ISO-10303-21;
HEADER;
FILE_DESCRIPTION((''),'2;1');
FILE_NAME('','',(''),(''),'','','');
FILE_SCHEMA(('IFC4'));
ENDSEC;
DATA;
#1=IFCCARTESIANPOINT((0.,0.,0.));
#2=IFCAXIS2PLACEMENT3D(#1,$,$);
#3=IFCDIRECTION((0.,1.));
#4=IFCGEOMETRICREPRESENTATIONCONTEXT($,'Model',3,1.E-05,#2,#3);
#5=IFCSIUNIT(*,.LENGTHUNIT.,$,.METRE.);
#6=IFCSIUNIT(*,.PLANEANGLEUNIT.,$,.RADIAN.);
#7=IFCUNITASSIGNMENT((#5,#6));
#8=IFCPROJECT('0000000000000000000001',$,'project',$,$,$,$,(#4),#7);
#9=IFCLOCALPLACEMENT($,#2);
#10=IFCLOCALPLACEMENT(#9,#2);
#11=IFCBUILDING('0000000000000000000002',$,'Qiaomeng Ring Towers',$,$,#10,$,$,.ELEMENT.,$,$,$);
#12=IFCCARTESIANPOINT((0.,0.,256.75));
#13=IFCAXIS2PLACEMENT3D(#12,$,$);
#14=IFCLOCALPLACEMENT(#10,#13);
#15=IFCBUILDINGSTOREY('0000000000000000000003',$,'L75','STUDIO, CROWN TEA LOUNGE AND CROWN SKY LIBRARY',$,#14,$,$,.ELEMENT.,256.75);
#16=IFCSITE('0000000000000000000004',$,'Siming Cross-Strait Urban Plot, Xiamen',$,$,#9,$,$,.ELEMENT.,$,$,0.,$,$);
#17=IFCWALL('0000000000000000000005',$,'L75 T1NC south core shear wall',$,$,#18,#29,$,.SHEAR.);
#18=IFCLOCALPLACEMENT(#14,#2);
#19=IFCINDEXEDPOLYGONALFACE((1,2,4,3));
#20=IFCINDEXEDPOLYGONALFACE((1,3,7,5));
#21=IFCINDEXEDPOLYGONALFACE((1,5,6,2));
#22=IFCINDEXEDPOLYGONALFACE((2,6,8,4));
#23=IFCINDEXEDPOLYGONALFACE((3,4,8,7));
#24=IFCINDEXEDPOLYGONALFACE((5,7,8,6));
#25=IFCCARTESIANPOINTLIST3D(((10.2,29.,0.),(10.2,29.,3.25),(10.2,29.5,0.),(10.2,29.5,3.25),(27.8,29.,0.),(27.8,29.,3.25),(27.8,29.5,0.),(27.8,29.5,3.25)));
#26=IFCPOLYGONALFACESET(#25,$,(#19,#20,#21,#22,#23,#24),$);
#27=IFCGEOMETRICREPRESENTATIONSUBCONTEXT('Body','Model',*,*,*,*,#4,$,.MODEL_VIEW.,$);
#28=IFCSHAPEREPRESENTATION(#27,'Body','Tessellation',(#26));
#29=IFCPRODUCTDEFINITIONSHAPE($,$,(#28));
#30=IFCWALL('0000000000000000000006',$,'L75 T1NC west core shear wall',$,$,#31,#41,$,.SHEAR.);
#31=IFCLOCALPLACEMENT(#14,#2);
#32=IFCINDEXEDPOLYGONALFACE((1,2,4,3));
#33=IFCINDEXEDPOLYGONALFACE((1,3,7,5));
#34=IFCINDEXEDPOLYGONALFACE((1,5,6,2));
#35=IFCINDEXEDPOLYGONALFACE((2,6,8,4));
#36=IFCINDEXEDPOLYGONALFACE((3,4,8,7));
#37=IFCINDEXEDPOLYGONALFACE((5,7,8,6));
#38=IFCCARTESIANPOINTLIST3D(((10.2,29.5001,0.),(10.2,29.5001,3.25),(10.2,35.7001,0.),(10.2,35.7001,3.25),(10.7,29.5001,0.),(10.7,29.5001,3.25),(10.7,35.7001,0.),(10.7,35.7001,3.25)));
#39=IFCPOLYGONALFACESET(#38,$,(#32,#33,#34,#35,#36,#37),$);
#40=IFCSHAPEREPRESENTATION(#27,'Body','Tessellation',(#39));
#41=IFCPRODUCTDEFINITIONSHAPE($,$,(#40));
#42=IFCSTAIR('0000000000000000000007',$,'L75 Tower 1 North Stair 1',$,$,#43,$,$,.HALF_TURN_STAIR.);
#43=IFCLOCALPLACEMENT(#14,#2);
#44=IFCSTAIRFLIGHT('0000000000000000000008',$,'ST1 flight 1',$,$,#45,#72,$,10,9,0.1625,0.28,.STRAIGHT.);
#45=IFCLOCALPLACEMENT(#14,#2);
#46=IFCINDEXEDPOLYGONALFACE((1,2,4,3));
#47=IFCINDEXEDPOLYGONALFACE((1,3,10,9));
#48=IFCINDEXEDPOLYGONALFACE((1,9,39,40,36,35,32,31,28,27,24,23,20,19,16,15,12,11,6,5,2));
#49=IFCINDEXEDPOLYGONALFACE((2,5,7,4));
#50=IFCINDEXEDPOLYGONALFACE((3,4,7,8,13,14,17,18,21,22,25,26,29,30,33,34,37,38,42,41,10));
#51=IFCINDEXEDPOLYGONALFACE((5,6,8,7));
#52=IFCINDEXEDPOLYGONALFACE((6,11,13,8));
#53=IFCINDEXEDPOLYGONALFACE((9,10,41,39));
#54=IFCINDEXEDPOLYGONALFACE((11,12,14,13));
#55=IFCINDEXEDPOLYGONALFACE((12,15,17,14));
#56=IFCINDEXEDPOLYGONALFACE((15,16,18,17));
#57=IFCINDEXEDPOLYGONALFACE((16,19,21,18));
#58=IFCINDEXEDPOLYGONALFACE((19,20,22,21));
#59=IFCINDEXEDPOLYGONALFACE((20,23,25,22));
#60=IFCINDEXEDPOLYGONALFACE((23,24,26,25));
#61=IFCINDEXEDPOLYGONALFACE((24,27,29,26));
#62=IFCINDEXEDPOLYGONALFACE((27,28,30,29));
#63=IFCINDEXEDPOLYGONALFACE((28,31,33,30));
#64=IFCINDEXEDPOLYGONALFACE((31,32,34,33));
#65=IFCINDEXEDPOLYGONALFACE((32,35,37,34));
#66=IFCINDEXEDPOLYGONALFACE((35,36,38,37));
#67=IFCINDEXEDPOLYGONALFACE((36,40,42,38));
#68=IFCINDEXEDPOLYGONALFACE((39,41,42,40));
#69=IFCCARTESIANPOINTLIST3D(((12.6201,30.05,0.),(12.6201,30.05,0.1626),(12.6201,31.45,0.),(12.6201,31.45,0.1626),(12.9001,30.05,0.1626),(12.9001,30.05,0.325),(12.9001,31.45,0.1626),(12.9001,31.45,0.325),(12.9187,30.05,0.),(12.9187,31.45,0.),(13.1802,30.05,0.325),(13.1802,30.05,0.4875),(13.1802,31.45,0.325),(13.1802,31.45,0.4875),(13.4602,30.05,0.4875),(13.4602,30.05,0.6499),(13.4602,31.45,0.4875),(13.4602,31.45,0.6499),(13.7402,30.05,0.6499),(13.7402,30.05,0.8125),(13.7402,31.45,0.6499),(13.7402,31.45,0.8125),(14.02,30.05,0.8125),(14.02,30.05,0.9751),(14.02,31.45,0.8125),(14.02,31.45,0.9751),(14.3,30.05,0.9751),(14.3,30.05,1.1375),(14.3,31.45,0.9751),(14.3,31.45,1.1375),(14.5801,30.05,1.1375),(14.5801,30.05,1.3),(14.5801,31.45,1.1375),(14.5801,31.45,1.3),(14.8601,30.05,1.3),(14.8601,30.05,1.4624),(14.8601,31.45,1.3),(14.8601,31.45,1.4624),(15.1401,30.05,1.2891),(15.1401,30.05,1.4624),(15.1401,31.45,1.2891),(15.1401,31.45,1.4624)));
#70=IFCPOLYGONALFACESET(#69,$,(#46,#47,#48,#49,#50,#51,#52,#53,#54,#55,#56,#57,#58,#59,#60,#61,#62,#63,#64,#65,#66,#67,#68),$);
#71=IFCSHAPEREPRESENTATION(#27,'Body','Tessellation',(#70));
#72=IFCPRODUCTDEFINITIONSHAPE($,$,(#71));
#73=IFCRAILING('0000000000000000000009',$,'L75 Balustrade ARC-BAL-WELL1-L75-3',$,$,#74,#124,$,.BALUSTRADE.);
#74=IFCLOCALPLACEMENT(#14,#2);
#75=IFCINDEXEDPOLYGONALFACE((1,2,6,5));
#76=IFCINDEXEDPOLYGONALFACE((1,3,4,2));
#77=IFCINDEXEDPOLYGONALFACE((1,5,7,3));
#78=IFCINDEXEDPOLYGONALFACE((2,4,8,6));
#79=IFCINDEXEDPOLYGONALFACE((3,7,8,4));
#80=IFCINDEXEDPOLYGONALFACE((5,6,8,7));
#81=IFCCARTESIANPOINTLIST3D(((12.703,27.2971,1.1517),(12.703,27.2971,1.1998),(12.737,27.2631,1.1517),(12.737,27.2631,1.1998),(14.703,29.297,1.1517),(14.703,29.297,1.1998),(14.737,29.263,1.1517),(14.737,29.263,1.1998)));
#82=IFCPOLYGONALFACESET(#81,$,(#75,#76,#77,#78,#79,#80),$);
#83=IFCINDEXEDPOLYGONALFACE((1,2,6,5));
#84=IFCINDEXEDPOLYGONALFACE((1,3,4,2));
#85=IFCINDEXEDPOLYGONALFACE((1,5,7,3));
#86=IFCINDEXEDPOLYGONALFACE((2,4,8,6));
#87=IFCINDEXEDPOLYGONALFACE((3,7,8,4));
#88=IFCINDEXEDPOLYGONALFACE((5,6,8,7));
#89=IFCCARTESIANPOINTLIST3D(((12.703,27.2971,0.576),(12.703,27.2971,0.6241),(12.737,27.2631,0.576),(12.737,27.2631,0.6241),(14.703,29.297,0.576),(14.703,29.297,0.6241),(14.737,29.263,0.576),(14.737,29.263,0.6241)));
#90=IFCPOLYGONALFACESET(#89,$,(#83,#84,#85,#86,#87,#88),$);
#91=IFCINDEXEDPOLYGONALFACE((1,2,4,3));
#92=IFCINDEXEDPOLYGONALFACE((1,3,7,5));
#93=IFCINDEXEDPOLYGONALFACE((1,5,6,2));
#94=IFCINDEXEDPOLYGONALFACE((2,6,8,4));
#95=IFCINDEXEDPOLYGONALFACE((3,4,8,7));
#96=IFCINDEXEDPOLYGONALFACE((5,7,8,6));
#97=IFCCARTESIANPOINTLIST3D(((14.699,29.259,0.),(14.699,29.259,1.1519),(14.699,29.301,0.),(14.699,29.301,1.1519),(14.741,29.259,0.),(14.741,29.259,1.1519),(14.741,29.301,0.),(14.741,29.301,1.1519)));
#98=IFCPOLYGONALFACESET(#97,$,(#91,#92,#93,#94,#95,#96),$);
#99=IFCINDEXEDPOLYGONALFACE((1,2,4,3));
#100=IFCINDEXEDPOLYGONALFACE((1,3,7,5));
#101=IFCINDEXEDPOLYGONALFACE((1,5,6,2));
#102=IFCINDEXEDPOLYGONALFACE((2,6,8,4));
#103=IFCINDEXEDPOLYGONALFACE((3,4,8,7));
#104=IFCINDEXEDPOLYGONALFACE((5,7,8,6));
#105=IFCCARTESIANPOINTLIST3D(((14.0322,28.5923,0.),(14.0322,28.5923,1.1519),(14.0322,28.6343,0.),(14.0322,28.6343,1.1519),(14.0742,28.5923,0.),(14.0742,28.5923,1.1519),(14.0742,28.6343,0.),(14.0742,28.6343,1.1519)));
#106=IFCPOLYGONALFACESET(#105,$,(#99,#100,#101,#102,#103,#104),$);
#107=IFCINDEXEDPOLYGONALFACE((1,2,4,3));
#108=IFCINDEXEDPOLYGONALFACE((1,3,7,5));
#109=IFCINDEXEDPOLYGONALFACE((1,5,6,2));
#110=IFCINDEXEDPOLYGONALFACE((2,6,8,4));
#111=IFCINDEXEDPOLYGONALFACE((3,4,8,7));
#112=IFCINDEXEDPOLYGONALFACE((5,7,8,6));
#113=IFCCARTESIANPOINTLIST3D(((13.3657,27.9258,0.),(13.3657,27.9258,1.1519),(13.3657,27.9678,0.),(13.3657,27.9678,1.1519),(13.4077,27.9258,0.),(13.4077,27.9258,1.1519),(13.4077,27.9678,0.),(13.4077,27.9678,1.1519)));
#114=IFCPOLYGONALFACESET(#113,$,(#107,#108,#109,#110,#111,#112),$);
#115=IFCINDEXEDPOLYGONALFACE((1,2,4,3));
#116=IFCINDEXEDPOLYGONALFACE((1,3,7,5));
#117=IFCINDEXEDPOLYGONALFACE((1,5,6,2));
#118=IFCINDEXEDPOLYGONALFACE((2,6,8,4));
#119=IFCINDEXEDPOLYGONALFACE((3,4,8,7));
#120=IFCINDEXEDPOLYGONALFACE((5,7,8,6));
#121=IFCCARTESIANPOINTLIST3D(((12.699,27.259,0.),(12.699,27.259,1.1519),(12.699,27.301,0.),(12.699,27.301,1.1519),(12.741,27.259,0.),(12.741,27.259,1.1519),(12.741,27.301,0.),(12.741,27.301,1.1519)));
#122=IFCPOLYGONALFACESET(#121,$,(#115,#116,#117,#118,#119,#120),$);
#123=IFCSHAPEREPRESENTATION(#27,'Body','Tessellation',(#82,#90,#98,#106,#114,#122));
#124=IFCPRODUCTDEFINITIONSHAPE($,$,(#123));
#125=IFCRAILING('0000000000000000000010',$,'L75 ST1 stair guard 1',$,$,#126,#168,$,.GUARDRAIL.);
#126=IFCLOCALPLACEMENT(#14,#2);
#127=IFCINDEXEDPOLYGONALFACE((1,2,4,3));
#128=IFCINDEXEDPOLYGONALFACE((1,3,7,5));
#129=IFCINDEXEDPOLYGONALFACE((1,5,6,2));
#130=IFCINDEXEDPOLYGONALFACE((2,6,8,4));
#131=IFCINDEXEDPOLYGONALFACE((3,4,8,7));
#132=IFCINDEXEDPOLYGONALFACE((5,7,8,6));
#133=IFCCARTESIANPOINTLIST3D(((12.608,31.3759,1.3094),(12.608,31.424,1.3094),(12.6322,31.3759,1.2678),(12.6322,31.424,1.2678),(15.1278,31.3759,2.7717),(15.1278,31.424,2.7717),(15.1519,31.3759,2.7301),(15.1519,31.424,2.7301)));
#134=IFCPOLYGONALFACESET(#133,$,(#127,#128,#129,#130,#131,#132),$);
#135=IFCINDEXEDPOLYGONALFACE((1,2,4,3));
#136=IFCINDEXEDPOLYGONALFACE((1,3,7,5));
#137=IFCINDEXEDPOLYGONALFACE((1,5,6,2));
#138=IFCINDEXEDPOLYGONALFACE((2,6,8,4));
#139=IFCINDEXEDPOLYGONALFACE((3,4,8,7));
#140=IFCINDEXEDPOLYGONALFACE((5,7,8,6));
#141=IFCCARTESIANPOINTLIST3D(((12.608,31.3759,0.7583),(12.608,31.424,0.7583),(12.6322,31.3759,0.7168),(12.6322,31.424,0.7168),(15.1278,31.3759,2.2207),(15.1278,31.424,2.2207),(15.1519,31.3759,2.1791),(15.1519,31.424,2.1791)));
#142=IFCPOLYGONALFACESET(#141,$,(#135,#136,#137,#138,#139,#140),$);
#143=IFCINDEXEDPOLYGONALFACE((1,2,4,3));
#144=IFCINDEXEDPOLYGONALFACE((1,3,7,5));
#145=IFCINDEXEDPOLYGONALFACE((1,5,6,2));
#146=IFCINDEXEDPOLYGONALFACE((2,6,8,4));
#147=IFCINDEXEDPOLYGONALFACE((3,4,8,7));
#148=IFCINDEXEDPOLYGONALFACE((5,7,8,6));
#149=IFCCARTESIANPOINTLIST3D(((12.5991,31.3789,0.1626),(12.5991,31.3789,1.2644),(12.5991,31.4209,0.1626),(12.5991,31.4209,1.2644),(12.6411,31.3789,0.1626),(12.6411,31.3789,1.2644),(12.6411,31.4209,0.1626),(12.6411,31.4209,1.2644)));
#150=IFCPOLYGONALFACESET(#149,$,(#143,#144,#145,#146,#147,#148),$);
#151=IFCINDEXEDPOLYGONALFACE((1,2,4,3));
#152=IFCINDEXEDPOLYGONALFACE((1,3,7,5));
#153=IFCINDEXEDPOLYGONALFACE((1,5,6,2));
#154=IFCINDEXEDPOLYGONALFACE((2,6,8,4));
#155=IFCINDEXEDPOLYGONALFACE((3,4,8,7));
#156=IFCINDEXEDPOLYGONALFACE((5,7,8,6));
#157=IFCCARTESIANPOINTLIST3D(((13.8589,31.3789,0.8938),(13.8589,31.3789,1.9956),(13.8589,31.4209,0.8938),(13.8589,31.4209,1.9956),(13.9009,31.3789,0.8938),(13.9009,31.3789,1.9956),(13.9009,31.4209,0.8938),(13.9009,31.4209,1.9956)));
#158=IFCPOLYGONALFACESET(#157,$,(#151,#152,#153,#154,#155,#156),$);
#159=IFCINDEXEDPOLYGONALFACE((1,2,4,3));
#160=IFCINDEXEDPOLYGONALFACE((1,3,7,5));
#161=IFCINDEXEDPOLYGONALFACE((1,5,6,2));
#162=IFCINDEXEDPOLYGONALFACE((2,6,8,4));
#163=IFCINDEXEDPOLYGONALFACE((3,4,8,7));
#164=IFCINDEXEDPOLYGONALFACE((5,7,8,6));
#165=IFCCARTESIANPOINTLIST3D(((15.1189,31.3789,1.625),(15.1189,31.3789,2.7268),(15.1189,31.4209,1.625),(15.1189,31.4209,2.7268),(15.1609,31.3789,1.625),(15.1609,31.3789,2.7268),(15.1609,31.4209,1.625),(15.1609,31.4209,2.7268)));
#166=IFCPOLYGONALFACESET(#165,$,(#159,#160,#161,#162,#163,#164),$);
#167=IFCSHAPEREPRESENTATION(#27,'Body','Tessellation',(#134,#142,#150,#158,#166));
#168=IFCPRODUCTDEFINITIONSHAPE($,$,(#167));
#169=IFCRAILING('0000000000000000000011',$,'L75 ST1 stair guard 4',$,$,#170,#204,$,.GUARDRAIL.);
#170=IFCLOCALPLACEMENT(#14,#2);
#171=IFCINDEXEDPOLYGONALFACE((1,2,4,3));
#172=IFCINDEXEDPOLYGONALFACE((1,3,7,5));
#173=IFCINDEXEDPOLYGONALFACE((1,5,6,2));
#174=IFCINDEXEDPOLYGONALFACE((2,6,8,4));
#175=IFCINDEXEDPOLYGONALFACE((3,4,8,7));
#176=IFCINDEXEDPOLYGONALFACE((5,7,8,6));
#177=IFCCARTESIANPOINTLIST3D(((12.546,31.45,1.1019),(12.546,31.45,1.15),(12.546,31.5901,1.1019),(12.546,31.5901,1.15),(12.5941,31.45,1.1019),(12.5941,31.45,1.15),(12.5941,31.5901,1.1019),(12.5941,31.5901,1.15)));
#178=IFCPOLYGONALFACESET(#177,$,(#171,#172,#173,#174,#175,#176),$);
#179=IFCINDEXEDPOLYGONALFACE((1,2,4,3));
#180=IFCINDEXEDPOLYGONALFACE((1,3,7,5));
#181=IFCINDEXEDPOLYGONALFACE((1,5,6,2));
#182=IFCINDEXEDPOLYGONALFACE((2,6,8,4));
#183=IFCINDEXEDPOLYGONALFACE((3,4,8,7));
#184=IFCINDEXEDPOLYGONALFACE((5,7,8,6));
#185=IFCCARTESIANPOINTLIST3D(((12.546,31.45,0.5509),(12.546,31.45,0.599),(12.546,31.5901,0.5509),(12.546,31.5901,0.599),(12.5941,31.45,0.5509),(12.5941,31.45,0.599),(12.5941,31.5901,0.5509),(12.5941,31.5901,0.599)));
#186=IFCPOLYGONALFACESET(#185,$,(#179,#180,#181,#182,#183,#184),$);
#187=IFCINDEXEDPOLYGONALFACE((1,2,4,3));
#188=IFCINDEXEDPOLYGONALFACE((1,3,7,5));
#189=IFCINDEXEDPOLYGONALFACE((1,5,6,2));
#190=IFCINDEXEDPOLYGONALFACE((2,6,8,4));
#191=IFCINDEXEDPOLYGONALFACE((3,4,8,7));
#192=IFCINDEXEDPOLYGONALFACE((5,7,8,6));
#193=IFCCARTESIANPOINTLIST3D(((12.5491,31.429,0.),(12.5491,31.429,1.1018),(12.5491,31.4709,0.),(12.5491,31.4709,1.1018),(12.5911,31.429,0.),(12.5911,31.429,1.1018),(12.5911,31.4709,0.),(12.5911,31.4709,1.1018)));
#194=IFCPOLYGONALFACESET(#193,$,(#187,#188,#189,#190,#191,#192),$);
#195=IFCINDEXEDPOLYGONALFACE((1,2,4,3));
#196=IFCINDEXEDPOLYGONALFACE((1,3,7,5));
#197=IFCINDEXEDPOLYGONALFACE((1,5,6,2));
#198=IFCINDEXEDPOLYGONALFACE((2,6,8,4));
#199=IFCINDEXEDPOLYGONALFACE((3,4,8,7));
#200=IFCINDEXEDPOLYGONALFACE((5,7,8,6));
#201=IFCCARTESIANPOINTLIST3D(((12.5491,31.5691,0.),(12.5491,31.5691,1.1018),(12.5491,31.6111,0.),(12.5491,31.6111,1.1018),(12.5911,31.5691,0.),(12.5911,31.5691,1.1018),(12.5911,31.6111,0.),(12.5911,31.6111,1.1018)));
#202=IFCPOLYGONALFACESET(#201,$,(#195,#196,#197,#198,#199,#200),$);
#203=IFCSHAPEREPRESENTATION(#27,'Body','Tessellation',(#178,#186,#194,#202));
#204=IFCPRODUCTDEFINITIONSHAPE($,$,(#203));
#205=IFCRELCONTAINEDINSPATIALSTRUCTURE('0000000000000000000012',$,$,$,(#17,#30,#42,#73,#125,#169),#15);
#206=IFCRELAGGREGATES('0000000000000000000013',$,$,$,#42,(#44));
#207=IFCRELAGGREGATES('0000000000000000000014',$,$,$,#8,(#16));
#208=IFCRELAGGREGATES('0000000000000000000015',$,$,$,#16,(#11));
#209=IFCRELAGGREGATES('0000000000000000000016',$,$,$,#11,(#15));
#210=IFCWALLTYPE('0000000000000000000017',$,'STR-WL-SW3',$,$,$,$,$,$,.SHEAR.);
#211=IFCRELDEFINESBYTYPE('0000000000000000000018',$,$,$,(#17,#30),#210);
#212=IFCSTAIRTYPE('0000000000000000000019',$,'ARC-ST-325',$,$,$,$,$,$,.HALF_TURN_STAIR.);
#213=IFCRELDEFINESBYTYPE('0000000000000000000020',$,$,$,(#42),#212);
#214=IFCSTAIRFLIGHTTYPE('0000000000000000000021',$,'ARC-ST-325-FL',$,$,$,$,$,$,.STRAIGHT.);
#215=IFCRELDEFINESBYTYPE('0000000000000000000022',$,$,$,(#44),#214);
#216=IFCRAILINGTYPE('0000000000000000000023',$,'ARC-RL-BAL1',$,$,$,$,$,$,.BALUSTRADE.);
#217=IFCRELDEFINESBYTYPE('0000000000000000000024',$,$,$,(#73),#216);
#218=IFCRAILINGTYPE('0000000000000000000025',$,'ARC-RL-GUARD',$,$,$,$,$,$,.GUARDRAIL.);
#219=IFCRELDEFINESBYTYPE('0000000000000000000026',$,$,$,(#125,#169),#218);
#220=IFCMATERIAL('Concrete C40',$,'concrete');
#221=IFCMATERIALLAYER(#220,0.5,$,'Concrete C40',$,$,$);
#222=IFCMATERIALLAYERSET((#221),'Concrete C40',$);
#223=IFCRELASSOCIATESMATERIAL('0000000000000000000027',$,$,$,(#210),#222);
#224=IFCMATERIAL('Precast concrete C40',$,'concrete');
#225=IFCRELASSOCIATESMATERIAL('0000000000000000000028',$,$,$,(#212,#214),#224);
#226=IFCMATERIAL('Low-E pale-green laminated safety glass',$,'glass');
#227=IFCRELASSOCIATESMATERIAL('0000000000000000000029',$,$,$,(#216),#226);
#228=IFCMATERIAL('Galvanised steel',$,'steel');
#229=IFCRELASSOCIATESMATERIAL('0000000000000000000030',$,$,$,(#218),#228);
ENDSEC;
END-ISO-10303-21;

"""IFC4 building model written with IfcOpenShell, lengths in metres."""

from ifc_helpers import new_model, si_unit, direction, frame, frame_2d, origin, origin_2d, place, context, subcontext, project, spatial, polyline, rectangle, outline, extrude, source, transform, mapped, material, layer, layer_set, type_object, element, aggregate, save


model = new_model("IFC4")

# Units and contexts
model_context = context("Model", 3, precision=1e-05, world=origin(), true_north=direction((0.0, 1.0)))
body_context = subcontext(model_context, "Body", "Model", "MODEL_VIEW")
ifc_project = project(units=[si_unit("LENGTHUNIT", "METRE"), si_unit("PLANEANGLEUNIT", "RADIAN")], contexts=[model_context])

# Site, building, storey
site_placement = place(None, origin())
site = spatial("IfcSite", under=ifc_project, at=site_placement, Name="Siming Cross-Strait Urban Plot, Xiamen", CompositionType="ELEMENT", RefElevation=0.0)
building_placement = place(site_placement, origin())
building = spatial("IfcBuilding", under=site, at=building_placement, Name="Qiaomeng Ring Towers", CompositionType="ELEMENT")
storey_placement = place(building_placement, frame((0.0, 0.0, 256.75)))
storey = spatial("IfcBuildingStorey", under=building, at=storey_placement, Name="L75", Description="STUDIO, CROWN TEA LOUNGE AND CROWN SKY LIBRARY", CompositionType="ELEMENT", Elevation=256.75)

# Shared definitions
ifc_material_1 = material(Name="Concrete C40", Category="concrete")

# Walls
ifc_layer_1 = layer(ifc_material_1, 0.5, Name="Concrete C40")
ifc_layer_set_1 = layer_set([ifc_layer_1], Name="Concrete C40")
wall_type_1 = type_object("IfcWallType", Name="STR-WL-SW3", PredefinedType="SHEAR", material=ifc_layer_set_1)
wall_1_placement = place(storey_placement, frame((10.2, 29.25, 0.0), z_axis=(0.0, 0.0, 1.0), x_axis=(1.0, 0.0, 0.0)))
element("IfcWall", 1, at=wall_1_placement, inside=storey, type_object=wall_type_1, Name="L75 T1NC south core shear wall", PredefinedType="SHEAR", context=body_context, shape_type="SweptSolid", body=[
    extrude(rectangle(XDim=17.6001, YDim=0.5, at=frame_2d((8.8, 0.0))), origin(), (0.0, 0.0, 1.0), 3.25),
])
wall_2_placement = place(storey_placement, frame((10.45, 29.5, 0.0), z_axis=(0.0, 0.0, 1.0), x_axis=(0.0, 1.0, 0.0)))
element("IfcWall", 2, at=wall_2_placement, inside=storey, type_object=wall_type_1, Name="L75 T1NC west core shear wall", PredefinedType="SHEAR", context=body_context, shape_type="SweptSolid", body=[
    extrude(rectangle(XDim=6.2, YDim=0.5, at=frame_2d((3.1001, 0.0))), origin(), (0.0, 0.0, 1.0), 3.25),
])

# Stair, stair flight
ifc_material_2 = material(Name="Precast concrete C40", Category="concrete")
stair_type = type_object("IfcStairType", Name="ARC-ST-325", PredefinedType="HALF_TURN_STAIR", material=ifc_material_2)
stair_placement = place(storey_placement, origin())
stair = element("IfcStair", 3, at=stair_placement, inside=storey, type_object=stair_type, Name="L75 Tower 1 North Stair 1", PredefinedType="HALF_TURN_STAIR")
stair_flight_type = type_object("IfcStairFlightType", Name="ARC-ST-325-FL", PredefinedType="STRAIGHT", material=ifc_material_2)
shared_shape_1 = source(origin(), body_context, "Body", "SweptSolid", [
    extrude(outline(polyline([(0.0, 0.0), (0.0, 0.1626), (0.28, 0.1626), (0.28, 0.325), (0.5601, 0.325), (0.5601, 0.4875), (0.8401, 0.4875), (0.8401, 0.6499), (1.1201, 0.6499), (1.1201, 0.8125), (1.3999, 0.8125), (1.3999, 0.9751), (1.6799, 0.9751), (1.6799, 1.1375), (1.96, 1.1375), (1.96, 1.3), (2.24, 1.3), (2.24, 1.4624), (2.52, 1.4624), (2.52, 1.625), (2.52, 1.2891), (0.2986, 0.0), (0.0, 0.0)])), frame((0.0, 0.7, 0.0), z_axis=(0.0, -1.0, 0.0), x_axis=(1.0, 0.0, 0.0)), (0.0, 0.0, 1.0), 1.3999),
])
stair_flight_placement = place(storey_placement, frame((12.6201, 30.75, 0.0), z_axis=(0.0, 0.0, 1.0), x_axis=(1.0, 0.0, 0.0)))
stair_flight = element("IfcStairFlight", 4, at=stair_flight_placement, type_object=stair_flight_type, Name="ST1 flight 1", NumberOfRisers=10, NumberOfTreads=9, PredefinedType="STRAIGHT", RiserHeight=0.1625, TreadLength=0.28, context=body_context, shape_type="MappedRepresentation", body=[
    mapped(shared_shape_1, transform((0.0, 0.0, 0.0), x_axis=(1.0, 0.0, 0.0), y_axis=(0.0, 1.0, 0.0), z_axis=(0.0, 0.0, 1.0), scale=1.0)),
])
aggregate(stair, [stair_flight])

# Railings
ifc_material_3 = material(Name="Low-E pale-green laminated safety glass", Category="glass")
railing_type_1 = type_object("IfcRailingType", Name="ARC-RL-BAL1", PredefinedType="BALUSTRADE", material=ifc_material_3)
railing_1_placement = place(storey_placement, frame((14.72, 29.28, 0.0)))
element("IfcRailing", 5, at=railing_1_placement, inside=storey, type_object=railing_type_1, Name="L75 Balustrade ARC-BAL-WELL1-L75-3", PredefinedType="BALUSTRADE", context=body_context, shape_type="SweptSolid", body=[
    extrude(rectangle(XDim=0.0481, YDim=0.0481, at=origin_2d()), frame((0.0, 0.0, 1.1758), z_axis=(-0.707107, -0.707107, 0.0), x_axis=(0.707107, -0.707107, 0.0)), (0.0, 0.0, 1.0), 2.8284),
    extrude(rectangle(XDim=0.0481, YDim=0.0481, at=origin_2d()), frame((0.0, 0.0, 0.6001), z_axis=(-0.707107, -0.707107, 0.0), x_axis=(0.707107, -0.707107, 0.0)), (0.0, 0.0, 1.0), 2.8284),
    extrude(rectangle(XDim=0.042, YDim=0.042, at=origin_2d()), origin(), (0.0, 0.0, 1.0), 1.1519),
    extrude(rectangle(XDim=0.042, YDim=0.042, at=origin_2d()), frame((-0.6667, -0.6667, 0.0)), (0.0, 0.0, 1.0), 1.1519),
    extrude(rectangle(XDim=0.042, YDim=0.042, at=origin_2d()), frame((-1.3333, -1.3333, 0.0)), (0.0, 0.0, 1.0), 1.1519),
    extrude(rectangle(XDim=0.042, YDim=0.042, at=origin_2d()), frame((-2.0, -2.0, 0.0)), (0.0, 0.0, 1.0), 1.1519),
])
ifc_material_4 = material(Name="Galvanised steel", Category="steel")
railing_type_2 = type_object("IfcRailingType", Name="ARC-RL-GUARD", PredefinedType="GUARDRAIL", material=ifc_material_4)
railing_2_placement = place(storey_placement, frame((12.6201, 31.3999, 0.1626)))
element("IfcRailing", 6, at=railing_2_placement, inside=storey, type_object=railing_type_2, Name="L75 ST1 stair guard 1", PredefinedType="GUARDRAIL", context=body_context, shape_type="SweptSolid", body=[
    extrude(rectangle(XDim=0.0481, YDim=0.0481, at=origin_2d()), frame((0.0, 0.0, 1.126), z_axis=(0.864892, 0.0, 0.501958), x_axis=(0.0, 1.0, 0.0)), (0.0, 0.0, 1.0), 2.9133),
    extrude(rectangle(XDim=0.0481, YDim=0.0481, at=origin_2d()), frame((0.0, 0.0, 0.575), z_axis=(0.864892, 0.0, 0.501958), x_axis=(0.0, 1.0, 0.0)), (0.0, 0.0, 1.0), 2.9133),
    extrude(rectangle(XDim=0.042, YDim=0.042, at=origin_2d()), origin(), (0.0, 0.0, 1.0), 1.1018),
    extrude(rectangle(XDim=0.042, YDim=0.042, at=origin_2d()), frame((1.2598, 0.0, 0.7312)), (0.0, 0.0, 1.0), 1.1018),
    extrude(rectangle(XDim=0.042, YDim=0.042, at=origin_2d()), frame((2.5198, 0.0, 1.4624)), (0.0, 0.0, 1.0), 1.1018),
])
railing_3_placement = place(storey_placement, frame((12.5701, 31.45, 0.0)))
element("IfcRailing", 7, at=railing_3_placement, inside=storey, type_object=railing_type_2, Name="L75 ST1 stair guard 4", PredefinedType="GUARDRAIL", context=body_context, shape_type="SweptSolid", body=[
    extrude(rectangle(XDim=0.0481, YDim=0.0481, at=origin_2d()), frame((0.0, 0.0, 1.126), z_axis=(0.0, 1.0, 0.0), x_axis=(-1.0, 0.0, 0.0)), (0.0, 0.0, 1.0), 0.1401),
    extrude(rectangle(XDim=0.0481, YDim=0.0481, at=origin_2d()), frame((0.0, 0.0, 0.575), z_axis=(0.0, 1.0, 0.0), x_axis=(-1.0, 0.0, 0.0)), (0.0, 0.0, 1.0), 0.1401),
    extrude(rectangle(XDim=0.042, YDim=0.042, at=origin_2d()), origin(), (0.0, 0.0, 1.0), 1.1018),
    extrude(rectangle(XDim=0.042, YDim=0.042, at=origin_2d()), frame((0.0, 0.1401, 0.0)), (0.0, 0.0, 1.0), 1.1018),
])

save(model, "model.ifc")
